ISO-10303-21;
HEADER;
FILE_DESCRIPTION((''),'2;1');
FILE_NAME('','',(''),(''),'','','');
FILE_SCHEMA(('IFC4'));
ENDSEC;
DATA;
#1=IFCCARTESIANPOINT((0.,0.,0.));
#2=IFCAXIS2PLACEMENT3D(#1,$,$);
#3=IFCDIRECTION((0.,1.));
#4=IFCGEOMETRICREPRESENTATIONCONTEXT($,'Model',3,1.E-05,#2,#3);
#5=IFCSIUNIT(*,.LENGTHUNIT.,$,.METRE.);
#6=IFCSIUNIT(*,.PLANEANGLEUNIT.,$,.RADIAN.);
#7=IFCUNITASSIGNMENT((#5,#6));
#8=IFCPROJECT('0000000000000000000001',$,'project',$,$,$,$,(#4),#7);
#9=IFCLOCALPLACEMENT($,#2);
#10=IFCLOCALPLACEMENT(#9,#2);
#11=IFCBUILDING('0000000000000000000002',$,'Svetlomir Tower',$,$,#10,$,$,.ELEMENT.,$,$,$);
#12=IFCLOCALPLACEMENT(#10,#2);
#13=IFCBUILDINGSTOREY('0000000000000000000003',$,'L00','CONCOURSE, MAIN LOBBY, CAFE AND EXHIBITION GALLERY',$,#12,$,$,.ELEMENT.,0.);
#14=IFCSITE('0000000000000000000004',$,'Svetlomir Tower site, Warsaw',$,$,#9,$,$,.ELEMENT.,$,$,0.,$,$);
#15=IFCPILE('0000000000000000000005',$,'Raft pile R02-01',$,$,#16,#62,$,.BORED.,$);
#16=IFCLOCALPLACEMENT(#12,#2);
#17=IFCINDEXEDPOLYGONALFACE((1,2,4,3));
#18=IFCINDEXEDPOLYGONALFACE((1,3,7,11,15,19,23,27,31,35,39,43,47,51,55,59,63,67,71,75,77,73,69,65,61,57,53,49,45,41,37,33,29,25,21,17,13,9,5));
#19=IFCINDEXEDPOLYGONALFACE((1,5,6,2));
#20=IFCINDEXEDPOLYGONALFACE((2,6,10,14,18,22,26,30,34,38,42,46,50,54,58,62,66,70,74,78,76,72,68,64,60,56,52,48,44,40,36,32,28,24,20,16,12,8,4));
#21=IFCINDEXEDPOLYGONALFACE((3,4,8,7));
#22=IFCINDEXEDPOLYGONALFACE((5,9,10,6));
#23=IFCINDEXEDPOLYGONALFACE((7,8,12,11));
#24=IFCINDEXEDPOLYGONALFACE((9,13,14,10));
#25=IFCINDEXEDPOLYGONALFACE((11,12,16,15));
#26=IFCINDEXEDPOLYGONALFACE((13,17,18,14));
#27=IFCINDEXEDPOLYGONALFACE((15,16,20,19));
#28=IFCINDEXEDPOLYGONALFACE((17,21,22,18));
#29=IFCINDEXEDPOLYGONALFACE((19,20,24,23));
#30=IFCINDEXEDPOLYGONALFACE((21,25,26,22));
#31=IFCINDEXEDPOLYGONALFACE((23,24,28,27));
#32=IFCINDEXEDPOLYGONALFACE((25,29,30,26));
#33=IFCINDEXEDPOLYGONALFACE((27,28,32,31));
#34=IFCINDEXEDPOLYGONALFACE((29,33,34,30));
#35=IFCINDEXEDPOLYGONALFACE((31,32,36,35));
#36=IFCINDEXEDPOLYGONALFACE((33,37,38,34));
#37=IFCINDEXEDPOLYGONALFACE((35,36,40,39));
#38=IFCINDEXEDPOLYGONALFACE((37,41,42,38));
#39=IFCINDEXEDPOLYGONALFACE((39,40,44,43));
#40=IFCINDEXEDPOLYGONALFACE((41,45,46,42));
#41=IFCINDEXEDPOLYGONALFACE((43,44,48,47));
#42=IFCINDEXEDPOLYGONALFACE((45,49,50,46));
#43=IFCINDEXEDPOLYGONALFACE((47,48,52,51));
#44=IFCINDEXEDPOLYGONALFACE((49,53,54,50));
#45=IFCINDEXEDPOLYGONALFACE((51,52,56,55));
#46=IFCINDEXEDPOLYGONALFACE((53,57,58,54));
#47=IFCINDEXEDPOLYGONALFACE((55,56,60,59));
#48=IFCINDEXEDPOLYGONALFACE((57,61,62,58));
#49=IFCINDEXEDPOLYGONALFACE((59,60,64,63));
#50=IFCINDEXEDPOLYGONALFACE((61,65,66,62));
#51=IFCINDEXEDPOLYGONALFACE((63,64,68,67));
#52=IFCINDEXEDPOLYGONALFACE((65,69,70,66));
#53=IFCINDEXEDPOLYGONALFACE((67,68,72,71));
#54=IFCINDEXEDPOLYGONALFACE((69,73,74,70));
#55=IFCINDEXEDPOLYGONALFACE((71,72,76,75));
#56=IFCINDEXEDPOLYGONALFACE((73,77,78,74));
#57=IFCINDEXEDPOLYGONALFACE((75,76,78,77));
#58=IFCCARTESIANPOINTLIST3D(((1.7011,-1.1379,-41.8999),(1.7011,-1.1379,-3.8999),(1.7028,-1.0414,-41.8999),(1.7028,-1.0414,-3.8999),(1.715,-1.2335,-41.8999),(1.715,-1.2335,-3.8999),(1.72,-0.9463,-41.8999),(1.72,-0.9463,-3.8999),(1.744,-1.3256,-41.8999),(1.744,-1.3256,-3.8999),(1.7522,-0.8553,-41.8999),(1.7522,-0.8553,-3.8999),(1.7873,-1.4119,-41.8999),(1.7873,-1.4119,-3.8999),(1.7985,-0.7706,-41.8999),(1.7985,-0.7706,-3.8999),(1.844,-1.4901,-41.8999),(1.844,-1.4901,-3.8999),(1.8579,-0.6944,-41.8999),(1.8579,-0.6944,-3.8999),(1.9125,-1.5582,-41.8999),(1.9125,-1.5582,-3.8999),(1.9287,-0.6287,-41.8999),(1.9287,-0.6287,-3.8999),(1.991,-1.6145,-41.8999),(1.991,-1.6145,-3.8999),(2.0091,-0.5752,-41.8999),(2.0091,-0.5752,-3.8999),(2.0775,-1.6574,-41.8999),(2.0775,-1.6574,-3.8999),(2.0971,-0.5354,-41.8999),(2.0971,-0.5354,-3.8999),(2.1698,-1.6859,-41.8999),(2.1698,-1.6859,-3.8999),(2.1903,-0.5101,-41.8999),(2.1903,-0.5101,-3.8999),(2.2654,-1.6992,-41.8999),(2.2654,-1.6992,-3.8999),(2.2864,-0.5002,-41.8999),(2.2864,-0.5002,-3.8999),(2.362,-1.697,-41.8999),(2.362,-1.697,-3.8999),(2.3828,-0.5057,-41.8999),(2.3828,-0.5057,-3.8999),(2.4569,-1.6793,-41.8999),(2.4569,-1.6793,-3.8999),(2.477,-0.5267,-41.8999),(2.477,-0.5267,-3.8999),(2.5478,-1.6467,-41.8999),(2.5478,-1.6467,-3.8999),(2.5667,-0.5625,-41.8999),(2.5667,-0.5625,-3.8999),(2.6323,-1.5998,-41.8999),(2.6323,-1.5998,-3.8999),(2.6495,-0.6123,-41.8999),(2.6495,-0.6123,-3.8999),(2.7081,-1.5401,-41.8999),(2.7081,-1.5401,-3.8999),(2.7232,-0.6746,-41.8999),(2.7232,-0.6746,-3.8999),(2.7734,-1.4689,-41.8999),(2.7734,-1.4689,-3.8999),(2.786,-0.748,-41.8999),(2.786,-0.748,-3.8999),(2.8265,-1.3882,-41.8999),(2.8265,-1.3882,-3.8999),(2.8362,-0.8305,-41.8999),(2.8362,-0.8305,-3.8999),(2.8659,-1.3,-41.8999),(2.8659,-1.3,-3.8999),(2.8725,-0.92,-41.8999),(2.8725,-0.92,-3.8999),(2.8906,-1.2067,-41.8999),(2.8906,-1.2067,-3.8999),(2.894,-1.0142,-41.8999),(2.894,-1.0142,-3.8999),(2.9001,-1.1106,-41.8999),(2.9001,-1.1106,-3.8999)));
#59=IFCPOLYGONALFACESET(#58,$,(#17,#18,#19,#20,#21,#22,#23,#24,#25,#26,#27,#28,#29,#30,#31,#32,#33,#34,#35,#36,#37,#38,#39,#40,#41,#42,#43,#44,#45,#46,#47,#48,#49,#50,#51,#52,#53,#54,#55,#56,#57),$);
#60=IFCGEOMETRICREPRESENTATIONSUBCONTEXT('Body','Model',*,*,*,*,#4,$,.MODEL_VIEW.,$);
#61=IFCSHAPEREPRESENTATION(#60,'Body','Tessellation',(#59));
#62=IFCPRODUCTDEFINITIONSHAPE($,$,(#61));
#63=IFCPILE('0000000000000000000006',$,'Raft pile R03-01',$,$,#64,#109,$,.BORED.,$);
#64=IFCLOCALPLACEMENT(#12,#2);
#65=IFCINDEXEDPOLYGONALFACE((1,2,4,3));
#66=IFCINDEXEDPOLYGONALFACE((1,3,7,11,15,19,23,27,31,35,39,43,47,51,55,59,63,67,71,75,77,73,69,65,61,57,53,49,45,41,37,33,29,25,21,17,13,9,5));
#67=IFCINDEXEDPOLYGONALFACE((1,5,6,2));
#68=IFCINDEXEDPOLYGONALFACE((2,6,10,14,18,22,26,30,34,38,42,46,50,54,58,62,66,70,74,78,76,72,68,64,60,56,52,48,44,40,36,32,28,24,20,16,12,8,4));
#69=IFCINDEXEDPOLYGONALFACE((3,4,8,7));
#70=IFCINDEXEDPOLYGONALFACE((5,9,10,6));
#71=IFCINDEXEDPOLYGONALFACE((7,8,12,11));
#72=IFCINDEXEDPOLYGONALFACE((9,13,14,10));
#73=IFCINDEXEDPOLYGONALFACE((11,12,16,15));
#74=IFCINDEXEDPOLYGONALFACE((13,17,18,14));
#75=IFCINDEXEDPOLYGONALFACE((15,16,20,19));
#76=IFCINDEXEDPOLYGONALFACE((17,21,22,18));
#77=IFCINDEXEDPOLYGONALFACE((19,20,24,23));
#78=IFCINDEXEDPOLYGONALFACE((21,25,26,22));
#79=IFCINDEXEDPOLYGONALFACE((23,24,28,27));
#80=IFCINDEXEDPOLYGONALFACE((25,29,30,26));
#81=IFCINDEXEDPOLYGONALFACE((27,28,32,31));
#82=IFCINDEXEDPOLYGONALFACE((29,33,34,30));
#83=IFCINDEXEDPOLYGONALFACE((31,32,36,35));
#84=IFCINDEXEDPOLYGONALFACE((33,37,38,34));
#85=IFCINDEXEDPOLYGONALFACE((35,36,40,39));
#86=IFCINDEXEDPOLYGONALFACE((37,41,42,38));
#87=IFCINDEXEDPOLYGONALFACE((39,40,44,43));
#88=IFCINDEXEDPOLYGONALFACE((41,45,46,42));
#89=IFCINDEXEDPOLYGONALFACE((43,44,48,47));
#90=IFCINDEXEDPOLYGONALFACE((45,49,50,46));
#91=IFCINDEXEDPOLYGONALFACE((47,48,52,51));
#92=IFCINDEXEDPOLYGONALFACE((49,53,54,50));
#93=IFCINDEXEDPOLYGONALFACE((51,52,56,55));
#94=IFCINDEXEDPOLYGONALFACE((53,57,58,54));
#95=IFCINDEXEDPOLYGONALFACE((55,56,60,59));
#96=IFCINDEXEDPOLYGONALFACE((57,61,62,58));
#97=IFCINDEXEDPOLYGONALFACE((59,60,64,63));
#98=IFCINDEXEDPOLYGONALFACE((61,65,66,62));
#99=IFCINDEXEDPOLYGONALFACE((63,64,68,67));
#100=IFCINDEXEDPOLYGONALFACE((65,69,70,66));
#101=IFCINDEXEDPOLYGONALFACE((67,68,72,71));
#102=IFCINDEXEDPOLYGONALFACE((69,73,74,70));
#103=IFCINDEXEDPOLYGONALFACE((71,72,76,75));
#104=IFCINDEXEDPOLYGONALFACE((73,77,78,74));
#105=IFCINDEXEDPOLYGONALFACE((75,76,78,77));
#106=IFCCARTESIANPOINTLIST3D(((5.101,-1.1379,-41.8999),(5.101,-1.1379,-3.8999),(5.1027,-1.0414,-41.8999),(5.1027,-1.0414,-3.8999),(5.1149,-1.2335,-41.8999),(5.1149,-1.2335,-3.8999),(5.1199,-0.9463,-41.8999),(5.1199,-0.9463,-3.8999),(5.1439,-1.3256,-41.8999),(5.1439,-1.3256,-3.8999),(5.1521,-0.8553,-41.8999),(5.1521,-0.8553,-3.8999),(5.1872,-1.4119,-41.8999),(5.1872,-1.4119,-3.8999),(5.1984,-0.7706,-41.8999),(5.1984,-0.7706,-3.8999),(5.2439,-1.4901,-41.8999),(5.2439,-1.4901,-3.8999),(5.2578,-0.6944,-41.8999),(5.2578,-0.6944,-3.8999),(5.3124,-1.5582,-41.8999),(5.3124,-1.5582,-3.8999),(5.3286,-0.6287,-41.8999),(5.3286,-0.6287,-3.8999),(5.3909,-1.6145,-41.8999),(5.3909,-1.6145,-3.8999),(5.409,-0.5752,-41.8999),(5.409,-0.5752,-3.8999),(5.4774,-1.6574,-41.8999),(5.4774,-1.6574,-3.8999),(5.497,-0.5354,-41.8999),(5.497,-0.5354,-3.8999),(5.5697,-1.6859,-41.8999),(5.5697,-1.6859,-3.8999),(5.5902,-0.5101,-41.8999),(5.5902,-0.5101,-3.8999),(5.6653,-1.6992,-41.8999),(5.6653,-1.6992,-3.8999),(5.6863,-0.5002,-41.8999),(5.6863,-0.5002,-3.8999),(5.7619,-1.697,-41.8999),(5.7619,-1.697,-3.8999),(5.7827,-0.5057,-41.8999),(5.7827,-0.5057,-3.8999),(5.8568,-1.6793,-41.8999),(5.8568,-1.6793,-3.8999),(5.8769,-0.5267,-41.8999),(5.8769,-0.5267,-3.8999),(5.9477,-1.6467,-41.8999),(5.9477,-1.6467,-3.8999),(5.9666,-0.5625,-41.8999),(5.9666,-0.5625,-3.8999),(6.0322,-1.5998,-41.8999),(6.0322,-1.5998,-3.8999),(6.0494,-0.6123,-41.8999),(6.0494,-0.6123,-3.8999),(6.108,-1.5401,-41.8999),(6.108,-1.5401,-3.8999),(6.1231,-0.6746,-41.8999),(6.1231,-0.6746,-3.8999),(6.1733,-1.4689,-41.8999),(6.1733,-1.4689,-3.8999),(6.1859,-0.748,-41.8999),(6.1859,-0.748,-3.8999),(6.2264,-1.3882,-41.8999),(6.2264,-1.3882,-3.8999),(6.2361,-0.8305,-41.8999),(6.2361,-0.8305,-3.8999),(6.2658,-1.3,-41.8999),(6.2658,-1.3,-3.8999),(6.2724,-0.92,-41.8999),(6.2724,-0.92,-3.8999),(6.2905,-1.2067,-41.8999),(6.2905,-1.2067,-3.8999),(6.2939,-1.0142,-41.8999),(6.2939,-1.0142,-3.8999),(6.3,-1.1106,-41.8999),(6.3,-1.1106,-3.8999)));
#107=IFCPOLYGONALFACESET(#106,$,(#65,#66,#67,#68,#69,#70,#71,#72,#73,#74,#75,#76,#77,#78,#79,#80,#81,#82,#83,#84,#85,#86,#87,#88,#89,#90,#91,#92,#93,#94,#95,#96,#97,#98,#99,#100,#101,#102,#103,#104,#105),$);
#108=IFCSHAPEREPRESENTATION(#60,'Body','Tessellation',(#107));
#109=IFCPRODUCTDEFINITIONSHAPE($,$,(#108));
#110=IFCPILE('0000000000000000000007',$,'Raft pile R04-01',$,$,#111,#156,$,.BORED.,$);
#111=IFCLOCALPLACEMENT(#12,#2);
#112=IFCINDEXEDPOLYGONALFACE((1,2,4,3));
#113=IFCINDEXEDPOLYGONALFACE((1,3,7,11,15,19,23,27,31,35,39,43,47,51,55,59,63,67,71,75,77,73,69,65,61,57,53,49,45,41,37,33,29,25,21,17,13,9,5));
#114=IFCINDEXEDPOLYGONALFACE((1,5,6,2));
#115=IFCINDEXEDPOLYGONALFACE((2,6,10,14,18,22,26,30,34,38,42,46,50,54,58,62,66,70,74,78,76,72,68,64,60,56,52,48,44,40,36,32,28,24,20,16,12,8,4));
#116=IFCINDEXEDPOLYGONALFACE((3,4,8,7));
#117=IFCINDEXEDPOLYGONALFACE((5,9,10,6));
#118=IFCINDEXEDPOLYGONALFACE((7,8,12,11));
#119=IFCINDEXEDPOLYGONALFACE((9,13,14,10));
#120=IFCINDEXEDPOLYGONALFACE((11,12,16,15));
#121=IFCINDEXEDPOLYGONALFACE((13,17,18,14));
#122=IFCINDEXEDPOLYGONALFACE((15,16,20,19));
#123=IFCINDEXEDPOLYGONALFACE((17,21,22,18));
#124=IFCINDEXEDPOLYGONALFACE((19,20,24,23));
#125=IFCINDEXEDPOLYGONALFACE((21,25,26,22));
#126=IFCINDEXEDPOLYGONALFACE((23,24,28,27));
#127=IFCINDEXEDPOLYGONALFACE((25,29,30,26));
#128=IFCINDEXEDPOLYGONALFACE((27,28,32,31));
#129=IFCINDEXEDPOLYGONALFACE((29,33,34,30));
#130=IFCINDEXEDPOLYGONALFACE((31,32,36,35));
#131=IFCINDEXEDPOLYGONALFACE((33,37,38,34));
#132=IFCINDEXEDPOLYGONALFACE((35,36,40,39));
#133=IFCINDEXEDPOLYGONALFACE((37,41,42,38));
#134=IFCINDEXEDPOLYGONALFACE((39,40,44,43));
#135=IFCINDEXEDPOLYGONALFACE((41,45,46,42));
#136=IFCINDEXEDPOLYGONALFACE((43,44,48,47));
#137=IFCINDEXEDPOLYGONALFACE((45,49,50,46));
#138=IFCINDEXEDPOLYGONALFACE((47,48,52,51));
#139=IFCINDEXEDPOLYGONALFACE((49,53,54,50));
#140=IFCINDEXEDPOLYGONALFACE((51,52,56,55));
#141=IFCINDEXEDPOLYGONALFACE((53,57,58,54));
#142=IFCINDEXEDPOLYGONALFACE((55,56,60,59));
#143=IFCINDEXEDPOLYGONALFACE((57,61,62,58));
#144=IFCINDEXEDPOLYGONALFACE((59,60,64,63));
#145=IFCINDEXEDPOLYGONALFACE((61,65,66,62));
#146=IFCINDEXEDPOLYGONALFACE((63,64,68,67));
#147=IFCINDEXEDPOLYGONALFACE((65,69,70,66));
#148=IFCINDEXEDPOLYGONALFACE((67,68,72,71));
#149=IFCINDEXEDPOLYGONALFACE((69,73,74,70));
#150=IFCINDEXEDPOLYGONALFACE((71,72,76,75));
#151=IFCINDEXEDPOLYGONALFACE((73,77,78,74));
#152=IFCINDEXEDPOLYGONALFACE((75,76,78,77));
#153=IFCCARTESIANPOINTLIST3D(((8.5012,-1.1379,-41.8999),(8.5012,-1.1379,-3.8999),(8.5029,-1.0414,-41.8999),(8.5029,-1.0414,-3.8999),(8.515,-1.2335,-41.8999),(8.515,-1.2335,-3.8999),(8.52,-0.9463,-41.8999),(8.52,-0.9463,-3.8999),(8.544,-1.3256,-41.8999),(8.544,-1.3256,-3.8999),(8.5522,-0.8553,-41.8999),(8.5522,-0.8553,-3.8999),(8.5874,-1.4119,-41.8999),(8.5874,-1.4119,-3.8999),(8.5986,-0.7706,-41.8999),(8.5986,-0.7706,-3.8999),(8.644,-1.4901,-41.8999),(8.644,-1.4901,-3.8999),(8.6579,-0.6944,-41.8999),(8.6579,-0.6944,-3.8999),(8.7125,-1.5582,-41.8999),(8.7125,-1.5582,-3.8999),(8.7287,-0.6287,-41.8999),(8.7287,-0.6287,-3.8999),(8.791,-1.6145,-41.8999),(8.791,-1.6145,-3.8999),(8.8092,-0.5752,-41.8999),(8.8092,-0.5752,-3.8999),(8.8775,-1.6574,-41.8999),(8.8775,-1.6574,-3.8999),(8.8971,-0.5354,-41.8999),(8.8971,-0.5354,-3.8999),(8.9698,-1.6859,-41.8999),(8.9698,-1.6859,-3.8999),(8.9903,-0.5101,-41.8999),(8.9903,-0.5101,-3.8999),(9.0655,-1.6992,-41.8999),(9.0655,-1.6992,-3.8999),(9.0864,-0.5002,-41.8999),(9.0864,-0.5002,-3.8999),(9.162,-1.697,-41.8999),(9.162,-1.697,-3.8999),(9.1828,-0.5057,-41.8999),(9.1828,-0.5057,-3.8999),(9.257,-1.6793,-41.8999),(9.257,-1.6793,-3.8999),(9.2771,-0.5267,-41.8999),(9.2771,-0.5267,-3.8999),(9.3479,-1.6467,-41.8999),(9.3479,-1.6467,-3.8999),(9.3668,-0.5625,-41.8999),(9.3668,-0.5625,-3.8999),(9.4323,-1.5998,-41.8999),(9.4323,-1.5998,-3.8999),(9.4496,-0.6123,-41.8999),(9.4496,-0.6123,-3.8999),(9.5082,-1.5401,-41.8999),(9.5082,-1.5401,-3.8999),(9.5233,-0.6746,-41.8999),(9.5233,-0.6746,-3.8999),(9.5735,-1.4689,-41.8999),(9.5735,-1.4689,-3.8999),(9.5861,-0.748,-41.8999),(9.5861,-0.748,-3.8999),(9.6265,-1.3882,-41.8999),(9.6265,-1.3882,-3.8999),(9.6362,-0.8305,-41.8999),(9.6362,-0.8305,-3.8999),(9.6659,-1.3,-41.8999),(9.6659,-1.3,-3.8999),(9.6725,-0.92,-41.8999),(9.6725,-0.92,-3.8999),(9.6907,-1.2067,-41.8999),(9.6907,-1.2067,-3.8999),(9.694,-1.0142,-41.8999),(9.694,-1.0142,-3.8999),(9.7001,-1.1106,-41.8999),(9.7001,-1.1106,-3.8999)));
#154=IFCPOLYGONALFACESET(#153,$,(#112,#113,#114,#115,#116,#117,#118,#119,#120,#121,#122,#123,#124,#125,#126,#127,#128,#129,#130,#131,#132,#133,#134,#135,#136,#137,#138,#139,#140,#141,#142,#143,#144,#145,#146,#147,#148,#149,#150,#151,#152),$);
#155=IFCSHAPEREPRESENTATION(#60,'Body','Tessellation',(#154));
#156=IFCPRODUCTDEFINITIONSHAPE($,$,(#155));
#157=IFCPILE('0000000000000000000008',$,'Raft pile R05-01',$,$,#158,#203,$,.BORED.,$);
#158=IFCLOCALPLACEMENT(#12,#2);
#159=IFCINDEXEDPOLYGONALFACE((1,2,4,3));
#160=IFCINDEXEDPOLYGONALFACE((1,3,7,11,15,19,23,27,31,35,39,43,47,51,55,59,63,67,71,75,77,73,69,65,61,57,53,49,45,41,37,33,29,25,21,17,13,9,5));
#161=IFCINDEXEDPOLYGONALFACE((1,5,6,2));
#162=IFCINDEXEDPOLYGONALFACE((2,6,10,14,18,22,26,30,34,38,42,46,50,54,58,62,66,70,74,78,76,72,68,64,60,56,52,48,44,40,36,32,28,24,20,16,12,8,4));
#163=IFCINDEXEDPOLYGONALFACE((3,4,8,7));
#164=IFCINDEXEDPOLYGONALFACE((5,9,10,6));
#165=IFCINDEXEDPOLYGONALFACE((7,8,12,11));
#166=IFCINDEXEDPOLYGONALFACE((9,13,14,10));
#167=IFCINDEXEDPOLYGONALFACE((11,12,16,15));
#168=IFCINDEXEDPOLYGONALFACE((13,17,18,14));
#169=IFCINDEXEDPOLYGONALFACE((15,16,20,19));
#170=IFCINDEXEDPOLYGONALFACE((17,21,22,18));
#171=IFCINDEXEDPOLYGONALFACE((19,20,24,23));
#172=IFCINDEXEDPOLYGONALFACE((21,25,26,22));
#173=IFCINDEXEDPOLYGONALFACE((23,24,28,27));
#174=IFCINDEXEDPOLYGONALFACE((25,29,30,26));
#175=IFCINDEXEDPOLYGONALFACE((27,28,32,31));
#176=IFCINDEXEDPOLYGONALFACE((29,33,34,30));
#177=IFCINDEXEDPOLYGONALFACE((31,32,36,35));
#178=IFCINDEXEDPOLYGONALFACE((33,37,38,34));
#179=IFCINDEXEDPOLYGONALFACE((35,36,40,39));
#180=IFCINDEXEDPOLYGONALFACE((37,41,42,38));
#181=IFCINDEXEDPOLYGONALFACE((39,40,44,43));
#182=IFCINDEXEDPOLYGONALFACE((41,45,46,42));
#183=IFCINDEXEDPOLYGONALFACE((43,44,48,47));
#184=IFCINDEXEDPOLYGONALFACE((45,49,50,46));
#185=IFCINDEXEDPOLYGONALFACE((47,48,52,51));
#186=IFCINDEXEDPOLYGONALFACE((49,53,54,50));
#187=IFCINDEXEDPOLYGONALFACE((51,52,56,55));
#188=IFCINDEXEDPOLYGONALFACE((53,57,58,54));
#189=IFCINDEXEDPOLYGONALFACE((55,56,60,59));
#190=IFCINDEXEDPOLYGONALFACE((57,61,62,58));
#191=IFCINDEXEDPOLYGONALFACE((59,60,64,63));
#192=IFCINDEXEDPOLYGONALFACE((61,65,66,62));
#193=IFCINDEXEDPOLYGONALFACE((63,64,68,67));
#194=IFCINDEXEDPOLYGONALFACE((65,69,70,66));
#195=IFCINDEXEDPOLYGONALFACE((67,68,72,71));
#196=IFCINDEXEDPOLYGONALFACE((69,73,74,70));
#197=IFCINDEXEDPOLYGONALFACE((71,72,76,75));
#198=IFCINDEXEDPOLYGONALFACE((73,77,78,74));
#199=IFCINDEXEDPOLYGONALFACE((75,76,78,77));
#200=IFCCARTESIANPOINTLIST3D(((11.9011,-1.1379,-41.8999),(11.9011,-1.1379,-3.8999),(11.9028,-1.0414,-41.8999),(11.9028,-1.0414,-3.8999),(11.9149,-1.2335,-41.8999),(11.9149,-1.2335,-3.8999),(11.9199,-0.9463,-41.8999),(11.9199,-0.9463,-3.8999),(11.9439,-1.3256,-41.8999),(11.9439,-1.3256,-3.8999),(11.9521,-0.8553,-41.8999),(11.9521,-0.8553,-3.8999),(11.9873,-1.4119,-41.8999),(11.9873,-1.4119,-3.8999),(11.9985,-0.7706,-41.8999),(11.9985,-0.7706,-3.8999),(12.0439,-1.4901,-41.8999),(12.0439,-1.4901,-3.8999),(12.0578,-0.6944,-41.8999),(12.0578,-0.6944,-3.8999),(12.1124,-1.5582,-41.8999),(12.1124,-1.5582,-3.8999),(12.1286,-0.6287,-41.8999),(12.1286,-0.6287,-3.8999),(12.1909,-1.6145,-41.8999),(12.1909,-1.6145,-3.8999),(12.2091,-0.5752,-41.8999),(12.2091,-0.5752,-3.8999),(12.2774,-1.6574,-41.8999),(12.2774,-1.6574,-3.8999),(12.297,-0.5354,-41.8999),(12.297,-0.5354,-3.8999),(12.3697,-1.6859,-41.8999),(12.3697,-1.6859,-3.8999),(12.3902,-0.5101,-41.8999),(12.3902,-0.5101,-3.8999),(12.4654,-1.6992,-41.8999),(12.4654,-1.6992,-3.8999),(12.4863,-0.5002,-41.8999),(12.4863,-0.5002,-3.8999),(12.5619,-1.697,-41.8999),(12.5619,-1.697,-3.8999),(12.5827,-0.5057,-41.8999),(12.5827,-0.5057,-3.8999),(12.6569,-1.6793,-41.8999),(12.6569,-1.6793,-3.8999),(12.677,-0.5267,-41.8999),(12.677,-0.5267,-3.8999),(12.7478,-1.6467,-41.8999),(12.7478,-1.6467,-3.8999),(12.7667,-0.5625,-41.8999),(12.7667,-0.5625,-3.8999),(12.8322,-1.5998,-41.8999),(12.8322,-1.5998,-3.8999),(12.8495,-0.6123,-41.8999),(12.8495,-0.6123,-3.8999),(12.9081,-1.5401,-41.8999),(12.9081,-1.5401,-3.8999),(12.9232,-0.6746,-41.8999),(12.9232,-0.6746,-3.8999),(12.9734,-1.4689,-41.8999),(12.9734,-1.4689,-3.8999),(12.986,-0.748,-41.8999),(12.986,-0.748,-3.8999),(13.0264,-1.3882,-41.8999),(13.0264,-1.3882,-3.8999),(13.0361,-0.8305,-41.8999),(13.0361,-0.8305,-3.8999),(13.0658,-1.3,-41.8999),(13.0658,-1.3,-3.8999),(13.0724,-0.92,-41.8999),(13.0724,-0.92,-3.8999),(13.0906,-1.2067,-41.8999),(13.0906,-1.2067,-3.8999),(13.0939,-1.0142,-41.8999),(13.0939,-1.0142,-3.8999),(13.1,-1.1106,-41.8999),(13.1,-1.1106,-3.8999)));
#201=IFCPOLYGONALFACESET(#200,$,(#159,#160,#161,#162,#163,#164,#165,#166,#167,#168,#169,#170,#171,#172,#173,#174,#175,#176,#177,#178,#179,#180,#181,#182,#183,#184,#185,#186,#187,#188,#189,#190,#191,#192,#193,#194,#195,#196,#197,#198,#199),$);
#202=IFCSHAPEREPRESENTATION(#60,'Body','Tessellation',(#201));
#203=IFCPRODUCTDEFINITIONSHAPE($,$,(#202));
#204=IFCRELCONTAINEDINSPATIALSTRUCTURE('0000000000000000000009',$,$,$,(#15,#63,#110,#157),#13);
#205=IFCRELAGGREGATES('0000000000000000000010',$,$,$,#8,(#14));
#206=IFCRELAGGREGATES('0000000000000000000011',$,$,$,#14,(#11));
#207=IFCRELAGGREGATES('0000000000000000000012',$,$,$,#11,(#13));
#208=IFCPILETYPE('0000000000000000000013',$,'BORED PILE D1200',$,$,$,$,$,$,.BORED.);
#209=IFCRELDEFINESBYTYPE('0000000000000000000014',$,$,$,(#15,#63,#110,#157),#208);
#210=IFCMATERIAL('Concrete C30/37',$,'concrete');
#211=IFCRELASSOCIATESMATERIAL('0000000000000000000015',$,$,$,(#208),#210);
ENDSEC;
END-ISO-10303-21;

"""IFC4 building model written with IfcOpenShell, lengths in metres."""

from ifc_helpers import new_model, si_unit, direction, frame, frame_2d, origin, origin_2d, place, context, subcontext, project, spatial, circle, extrude, material, material_profile, profile_set, type_object, element, save


model = new_model("IFC4")

# Units and contexts
model_context = context("Model", 3, precision=1e-05, world=origin(), true_north=direction((0.0, 1.0)))
body_context = subcontext(model_context, "Body", "Model", "MODEL_VIEW")
ifc_project = project(units=[si_unit("LENGTHUNIT", "METRE"), si_unit("PLANEANGLEUNIT", "RADIAN")], contexts=[model_context])

# Site, building, storey
site_placement = place(None, origin())
site = spatial("IfcSite", under=ifc_project, at=site_placement, Name="Svetlomir Tower site, Warsaw", CompositionType="ELEMENT", RefElevation=0.0)
building_placement = place(site_placement, origin())
building = spatial("IfcBuilding", under=site, at=building_placement, Name="Svetlomir Tower", CompositionType="ELEMENT")
storey_placement = place(building_placement, origin())
storey = spatial("IfcBuildingStorey", under=building, at=storey_placement, Name="L00", Description="CONCOURSE, MAIN LOBBY, CAFE AND EXHIBITION GALLERY", CompositionType="ELEMENT", Elevation=0.0)

# Piles
ifc_material_1 = material(Name="Concrete C30/37", Category="concrete")
ifc_material_profile_1 = material_profile(ifc_material_1, circle(Radius=0.6001, at=origin_2d()), Name="D1200")
ifc_profile_set_1 = profile_set([ifc_material_profile_1], Name="Concrete C30/37")
pile_type = type_object("IfcPileType", Name="BORED PILE D1200", PredefinedType="BORED", material=ifc_profile_set_1)
for number, where, z_axis, x_axis, name in (
    (1, (2.3, -1.1001, -3.8999), (0.0, 0.0, -1.0), (1.0, 0.0, 0.0), "Raft pile R02-01"),
    (2, (5.7, -1.1001, -3.8999), (0.0, 0.0, -1.0), (1.0, 0.0, 0.0), "Raft pile R03-01"),
    (3, (9.1001, -1.1001, -3.8999), (0.0, 0.0, -1.0), (1.0, 0.0, 0.0), "Raft pile R04-01"),
    (4, (12.5, -1.1001, -3.8999), (0.0, 0.0, -1.0), (1.0, 0.0, 0.0), "Raft pile R05-01"),
):
    element("IfcPile", number, at=place(storey_placement, frame(where, z_axis=z_axis, x_axis=x_axis)), inside=storey, type_object=pile_type, Name=name, PredefinedType="BORED", context=body_context, shape_type="SweptSolid", body=[
        extrude(circle(Radius=0.6001, at=frame_2d((0.0, 0.0), x_axis=(0.999848, 0.017452))), origin(), (0.0, 0.0, 1.0), 38.0),
    ])

save(model, "model.ifc")
